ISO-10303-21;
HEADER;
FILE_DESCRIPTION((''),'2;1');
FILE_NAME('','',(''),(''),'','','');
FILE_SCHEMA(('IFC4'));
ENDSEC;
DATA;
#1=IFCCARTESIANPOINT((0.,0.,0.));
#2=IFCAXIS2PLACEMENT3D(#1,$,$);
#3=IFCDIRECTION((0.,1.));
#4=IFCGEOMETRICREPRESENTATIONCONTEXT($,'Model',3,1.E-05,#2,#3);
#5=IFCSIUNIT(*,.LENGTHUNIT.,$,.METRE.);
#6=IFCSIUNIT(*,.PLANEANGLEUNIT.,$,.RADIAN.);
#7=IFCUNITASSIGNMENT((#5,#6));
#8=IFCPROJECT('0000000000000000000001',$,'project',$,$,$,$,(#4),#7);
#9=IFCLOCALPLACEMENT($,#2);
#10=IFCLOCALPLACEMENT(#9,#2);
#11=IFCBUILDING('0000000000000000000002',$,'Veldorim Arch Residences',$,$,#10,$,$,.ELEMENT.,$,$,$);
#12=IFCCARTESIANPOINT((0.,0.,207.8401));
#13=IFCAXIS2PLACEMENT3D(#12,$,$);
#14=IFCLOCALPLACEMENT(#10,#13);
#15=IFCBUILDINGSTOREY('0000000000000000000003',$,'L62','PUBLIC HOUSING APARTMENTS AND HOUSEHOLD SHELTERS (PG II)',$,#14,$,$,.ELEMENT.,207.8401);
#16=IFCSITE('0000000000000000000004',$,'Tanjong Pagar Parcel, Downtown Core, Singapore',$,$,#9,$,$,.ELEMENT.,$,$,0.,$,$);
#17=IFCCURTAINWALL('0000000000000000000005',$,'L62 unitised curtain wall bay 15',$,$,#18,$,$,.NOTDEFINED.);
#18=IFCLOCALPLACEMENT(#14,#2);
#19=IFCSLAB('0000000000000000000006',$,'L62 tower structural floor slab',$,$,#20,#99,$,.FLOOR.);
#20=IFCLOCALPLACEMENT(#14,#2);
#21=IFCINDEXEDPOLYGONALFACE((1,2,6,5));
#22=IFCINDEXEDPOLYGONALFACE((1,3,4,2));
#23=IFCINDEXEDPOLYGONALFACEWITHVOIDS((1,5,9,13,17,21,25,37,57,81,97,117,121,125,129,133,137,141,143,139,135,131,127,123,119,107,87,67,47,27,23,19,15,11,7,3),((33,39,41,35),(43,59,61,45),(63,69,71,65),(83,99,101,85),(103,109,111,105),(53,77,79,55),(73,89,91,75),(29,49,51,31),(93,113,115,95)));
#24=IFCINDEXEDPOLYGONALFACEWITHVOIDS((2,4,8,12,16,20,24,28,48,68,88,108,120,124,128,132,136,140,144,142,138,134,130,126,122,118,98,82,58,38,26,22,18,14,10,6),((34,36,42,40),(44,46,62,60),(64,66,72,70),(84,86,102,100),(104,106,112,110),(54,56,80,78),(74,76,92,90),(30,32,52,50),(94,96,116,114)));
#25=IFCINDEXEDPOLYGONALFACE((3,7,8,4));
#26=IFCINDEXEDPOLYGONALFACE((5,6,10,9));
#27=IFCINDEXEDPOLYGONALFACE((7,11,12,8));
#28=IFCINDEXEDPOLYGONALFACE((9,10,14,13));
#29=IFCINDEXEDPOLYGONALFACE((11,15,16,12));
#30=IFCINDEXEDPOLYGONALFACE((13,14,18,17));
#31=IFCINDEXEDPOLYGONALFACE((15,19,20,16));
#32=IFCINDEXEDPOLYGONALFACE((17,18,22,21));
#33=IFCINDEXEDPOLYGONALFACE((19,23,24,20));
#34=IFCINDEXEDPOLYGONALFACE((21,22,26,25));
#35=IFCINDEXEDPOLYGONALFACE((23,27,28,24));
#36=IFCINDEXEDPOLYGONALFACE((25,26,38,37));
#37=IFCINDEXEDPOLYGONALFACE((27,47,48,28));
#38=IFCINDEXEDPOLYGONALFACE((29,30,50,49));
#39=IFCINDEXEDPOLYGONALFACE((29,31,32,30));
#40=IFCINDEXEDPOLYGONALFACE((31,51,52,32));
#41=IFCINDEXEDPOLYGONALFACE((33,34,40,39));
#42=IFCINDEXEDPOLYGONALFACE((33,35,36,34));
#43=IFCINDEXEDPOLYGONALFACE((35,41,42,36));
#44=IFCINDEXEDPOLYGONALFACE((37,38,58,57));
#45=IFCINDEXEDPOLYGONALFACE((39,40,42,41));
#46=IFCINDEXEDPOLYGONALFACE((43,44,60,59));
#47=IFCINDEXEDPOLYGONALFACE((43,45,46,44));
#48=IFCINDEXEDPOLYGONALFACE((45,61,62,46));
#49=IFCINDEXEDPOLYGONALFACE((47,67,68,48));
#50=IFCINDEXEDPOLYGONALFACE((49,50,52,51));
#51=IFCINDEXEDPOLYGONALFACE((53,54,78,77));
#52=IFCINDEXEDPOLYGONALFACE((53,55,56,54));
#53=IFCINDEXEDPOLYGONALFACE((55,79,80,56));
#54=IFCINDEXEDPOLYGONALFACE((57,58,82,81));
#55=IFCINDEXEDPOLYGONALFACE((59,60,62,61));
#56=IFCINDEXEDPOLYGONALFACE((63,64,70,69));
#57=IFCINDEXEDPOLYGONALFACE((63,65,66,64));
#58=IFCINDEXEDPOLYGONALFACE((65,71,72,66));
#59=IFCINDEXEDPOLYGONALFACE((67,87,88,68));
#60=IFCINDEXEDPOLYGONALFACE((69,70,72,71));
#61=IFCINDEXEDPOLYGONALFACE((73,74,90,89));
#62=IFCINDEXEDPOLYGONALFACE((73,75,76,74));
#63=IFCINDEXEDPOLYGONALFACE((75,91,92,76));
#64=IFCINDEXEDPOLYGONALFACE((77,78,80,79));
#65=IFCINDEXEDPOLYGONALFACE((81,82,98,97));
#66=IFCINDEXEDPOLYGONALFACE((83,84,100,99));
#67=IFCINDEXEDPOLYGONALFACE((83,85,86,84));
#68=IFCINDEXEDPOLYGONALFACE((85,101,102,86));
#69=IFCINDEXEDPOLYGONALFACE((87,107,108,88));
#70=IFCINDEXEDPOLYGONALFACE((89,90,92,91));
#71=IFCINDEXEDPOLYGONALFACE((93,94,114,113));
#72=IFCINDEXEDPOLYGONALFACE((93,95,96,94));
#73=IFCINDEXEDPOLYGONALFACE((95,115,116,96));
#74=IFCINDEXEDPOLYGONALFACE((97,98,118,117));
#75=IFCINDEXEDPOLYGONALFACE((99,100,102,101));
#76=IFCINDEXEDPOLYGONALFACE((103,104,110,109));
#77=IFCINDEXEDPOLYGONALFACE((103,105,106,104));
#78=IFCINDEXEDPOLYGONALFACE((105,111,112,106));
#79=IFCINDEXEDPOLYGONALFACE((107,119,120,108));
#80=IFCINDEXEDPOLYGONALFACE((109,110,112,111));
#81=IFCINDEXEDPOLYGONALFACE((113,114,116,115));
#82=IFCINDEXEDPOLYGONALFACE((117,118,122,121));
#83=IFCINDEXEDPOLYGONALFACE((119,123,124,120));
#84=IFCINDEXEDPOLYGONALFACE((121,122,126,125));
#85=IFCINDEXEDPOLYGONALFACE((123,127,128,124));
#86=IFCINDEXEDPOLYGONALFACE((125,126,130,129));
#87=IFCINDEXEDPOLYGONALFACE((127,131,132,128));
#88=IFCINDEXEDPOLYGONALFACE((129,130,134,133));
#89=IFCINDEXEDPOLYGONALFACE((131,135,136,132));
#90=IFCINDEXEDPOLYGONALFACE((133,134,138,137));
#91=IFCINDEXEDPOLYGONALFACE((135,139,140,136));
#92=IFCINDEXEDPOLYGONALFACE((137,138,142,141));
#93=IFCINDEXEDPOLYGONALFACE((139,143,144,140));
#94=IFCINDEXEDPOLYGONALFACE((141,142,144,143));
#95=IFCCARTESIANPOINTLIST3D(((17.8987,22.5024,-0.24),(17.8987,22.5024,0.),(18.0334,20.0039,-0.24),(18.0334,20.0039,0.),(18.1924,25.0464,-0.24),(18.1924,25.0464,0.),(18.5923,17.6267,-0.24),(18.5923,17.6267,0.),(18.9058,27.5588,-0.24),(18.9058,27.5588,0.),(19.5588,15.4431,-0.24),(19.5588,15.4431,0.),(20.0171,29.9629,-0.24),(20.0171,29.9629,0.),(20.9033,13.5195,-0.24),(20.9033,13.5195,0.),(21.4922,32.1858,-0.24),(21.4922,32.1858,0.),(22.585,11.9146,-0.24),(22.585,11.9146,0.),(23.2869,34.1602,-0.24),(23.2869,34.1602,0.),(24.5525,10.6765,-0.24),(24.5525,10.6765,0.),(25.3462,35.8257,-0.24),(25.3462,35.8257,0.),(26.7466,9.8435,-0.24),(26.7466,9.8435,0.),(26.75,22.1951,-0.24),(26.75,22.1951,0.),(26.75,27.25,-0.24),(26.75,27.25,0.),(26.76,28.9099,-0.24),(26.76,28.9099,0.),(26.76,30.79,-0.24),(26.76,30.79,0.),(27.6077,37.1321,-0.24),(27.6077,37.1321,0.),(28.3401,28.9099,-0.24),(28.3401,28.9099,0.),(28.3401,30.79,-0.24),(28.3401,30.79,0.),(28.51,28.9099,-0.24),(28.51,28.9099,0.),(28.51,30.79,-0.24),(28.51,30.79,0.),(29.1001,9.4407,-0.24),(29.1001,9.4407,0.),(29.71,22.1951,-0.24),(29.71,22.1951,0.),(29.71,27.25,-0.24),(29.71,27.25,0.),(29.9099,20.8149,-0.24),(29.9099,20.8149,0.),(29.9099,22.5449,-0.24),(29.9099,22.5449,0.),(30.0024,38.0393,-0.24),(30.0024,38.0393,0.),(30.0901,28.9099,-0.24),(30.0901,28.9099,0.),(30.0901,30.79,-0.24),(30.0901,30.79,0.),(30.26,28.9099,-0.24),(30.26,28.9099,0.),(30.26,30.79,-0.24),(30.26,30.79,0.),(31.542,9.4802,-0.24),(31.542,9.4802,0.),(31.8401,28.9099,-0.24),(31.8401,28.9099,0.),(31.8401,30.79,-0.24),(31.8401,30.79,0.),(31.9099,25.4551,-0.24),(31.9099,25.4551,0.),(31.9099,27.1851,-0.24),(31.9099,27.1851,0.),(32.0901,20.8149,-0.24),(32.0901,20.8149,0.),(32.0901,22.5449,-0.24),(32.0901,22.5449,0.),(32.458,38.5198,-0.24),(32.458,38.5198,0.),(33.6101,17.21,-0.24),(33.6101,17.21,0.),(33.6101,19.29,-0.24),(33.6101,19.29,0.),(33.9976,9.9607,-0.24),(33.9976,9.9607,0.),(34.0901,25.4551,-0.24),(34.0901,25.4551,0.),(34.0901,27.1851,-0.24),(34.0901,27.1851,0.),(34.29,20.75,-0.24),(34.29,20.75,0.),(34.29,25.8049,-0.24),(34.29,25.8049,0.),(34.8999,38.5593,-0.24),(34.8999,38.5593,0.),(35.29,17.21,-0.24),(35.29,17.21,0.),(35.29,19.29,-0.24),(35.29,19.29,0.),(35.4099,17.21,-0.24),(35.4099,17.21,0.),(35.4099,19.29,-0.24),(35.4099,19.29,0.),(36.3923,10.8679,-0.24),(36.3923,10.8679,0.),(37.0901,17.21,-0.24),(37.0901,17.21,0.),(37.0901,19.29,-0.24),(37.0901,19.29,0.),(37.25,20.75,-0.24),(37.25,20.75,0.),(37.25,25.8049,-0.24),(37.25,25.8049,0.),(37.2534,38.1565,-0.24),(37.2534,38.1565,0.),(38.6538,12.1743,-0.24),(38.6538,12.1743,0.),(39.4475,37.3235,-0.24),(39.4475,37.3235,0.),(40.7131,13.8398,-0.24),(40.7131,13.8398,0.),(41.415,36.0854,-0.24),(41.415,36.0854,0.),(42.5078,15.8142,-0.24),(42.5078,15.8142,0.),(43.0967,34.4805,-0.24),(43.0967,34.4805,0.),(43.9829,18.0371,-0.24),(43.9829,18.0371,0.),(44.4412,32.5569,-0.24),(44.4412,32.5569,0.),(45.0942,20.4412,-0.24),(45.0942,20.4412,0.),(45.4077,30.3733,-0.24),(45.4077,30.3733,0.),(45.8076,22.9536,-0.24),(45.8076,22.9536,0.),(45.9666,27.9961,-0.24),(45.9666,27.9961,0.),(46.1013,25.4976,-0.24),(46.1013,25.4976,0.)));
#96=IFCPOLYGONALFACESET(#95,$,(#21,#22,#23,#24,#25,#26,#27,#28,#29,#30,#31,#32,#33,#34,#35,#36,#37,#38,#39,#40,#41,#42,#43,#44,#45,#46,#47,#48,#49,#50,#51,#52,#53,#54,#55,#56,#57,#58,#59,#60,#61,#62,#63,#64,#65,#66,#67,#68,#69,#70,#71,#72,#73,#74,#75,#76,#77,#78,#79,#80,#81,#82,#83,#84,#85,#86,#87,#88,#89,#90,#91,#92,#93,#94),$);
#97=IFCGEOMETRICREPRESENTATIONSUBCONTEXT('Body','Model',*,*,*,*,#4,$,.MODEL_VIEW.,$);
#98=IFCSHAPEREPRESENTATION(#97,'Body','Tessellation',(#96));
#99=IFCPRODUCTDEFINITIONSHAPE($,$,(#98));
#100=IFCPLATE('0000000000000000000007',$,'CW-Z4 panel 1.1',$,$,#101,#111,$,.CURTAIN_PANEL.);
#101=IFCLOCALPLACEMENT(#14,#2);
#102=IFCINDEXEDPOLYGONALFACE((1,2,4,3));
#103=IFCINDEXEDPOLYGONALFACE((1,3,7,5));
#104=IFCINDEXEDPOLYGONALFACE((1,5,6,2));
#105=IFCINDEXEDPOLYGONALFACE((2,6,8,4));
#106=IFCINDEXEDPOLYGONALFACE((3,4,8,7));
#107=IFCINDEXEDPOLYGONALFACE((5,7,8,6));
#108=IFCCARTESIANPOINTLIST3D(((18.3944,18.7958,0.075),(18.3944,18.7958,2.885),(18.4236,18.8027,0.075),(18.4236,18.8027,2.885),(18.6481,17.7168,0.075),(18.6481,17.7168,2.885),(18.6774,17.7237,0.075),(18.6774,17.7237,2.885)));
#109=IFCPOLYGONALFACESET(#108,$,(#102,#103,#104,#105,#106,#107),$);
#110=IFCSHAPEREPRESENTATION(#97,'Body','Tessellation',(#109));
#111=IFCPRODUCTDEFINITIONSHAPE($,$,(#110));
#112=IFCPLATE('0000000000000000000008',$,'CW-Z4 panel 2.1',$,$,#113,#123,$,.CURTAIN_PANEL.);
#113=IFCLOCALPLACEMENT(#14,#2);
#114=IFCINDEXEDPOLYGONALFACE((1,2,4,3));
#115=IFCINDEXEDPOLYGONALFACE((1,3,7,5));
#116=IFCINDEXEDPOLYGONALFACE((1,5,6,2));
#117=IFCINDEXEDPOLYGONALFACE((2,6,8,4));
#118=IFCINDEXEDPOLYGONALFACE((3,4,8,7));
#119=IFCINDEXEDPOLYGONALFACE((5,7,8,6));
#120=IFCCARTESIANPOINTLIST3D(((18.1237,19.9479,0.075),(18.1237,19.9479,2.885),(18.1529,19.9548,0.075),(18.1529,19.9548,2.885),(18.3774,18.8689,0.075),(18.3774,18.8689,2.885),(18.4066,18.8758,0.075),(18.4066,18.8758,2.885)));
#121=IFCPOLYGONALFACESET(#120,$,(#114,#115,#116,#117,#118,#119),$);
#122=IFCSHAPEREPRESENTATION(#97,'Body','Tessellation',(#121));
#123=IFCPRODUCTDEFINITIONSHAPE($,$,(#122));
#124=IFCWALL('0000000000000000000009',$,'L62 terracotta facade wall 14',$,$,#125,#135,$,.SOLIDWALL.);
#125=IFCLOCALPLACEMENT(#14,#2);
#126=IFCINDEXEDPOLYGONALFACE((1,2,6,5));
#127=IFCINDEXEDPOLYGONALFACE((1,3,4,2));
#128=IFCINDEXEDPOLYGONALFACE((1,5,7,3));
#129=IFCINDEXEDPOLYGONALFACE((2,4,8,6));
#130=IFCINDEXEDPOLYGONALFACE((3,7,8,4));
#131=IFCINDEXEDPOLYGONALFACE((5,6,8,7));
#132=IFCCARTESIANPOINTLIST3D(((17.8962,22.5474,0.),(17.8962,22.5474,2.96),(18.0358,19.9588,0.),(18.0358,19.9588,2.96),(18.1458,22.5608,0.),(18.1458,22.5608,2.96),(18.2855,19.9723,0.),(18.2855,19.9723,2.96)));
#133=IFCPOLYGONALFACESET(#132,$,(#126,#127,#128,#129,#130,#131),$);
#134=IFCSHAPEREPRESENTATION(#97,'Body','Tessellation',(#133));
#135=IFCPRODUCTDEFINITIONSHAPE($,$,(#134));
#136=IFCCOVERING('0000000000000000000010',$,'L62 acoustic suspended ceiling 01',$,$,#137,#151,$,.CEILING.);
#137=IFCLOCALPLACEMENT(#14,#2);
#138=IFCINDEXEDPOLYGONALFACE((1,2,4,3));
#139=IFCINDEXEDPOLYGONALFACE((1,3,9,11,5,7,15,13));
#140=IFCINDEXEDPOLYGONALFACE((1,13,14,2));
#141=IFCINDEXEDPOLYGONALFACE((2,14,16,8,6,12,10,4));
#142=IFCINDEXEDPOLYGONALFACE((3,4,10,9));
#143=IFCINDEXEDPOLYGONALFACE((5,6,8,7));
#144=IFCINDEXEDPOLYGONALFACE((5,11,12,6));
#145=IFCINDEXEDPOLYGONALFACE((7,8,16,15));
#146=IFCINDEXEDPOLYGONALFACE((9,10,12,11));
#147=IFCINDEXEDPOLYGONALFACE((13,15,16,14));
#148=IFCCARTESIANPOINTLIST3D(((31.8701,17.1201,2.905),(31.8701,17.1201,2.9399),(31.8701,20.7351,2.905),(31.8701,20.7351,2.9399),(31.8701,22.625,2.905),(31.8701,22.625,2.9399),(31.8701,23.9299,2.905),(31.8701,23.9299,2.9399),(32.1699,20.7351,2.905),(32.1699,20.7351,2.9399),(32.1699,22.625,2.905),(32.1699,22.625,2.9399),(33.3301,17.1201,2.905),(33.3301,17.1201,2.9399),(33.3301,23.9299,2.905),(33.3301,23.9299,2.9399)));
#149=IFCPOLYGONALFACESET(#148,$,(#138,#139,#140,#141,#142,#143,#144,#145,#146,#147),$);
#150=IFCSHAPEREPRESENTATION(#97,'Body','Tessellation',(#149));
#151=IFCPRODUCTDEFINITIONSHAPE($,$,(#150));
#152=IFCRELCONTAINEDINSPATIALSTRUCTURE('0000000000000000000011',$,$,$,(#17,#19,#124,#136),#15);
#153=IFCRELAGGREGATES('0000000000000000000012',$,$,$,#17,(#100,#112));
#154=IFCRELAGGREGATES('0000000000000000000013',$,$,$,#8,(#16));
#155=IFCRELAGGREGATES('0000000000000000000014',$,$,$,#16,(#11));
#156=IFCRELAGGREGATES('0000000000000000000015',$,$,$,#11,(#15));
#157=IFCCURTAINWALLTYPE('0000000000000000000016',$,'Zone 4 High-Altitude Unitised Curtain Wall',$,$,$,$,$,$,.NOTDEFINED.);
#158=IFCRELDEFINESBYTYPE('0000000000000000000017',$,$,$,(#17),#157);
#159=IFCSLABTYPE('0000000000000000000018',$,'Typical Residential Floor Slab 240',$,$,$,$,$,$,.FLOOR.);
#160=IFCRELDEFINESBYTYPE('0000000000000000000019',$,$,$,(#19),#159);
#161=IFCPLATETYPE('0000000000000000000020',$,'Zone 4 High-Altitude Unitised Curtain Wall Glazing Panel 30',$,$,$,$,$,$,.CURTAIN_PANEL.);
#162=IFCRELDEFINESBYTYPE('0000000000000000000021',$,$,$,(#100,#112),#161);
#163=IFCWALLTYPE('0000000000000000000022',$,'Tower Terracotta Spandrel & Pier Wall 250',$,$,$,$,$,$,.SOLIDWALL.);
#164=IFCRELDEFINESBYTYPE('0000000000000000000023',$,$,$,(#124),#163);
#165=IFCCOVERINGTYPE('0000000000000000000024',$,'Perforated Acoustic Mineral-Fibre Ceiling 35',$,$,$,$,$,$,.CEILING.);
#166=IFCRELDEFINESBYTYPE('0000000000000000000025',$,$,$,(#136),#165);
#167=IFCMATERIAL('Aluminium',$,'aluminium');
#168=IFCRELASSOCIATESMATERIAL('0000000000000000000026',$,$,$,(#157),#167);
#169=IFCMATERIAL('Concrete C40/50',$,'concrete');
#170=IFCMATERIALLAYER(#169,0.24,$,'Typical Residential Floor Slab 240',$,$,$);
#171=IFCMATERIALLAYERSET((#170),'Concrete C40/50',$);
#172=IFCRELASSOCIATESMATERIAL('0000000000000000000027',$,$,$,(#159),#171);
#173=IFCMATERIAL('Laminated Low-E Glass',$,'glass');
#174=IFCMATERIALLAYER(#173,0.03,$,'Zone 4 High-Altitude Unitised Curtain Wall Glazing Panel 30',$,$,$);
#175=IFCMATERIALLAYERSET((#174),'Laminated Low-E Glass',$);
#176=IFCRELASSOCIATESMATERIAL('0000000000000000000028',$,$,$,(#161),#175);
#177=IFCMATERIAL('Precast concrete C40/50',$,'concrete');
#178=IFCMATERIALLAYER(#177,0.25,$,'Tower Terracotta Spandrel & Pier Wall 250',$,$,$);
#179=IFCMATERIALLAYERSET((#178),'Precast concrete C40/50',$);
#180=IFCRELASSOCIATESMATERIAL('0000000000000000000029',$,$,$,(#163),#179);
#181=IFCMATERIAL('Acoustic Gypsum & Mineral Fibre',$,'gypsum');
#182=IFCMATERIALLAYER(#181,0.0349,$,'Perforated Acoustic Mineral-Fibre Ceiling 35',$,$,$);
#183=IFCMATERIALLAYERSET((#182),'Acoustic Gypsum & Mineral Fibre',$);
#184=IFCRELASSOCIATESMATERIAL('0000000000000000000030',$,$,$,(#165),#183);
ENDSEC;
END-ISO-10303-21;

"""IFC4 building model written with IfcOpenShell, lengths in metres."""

from ifc_helpers import new_model, si_unit, direction, frame, frame_2d, origin, origin_2d, place, context, subcontext, project, spatial, polyline, rectangle, outline, extrude, material, layer, layer_set, type_object, element, aggregate, save


model = new_model("IFC4")

# Units and contexts
model_context = context("Model", 3, precision=1e-05, world=origin(), true_north=direction((0.0, 1.0)))
body_context = subcontext(model_context, "Body", "Model", "MODEL_VIEW")
ifc_project = project(units=[si_unit("LENGTHUNIT", "METRE"), si_unit("PLANEANGLEUNIT", "RADIAN")], contexts=[model_context])

# Site, building, storey
site_placement = place(None, origin())
site = spatial("IfcSite", under=ifc_project, at=site_placement, Name="Tanjong Pagar Parcel, Downtown Core, Singapore", CompositionType="ELEMENT", RefElevation=0.0)
building_placement = place(site_placement, origin())
building = spatial("IfcBuilding", under=site, at=building_placement, Name="Veldorim Arch Residences", CompositionType="ELEMENT")
storey_placement = place(building_placement, frame((0.0, 0.0, 207.8401)))
storey = spatial("IfcBuildingStorey", under=building, at=storey_placement, Name="L62", Description="PUBLIC HOUSING APARTMENTS AND HOUSEHOLD SHELTERS (PG II)", CompositionType="ELEMENT", Elevation=207.8401)

# Curtain wall
ifc_material_1 = material(Name="Aluminium", Category="aluminium")
curtain_wall_type = type_object("IfcCurtainWallType", Name="Zone 4 High-Altitude Unitised Curtain Wall", PredefinedType="NOTDEFINED", material=ifc_material_1)
curtain_wall_placement = place(storey_placement, origin())
curtain_wall = element("IfcCurtainWall", 1, at=curtain_wall_placement, inside=storey, type_object=curtain_wall_type, Name="L62 unitised curtain wall bay 15", PredefinedType="NOTDEFINED")

# Slab
ifc_material_2 = material(Name="Concrete C40/50", Category="concrete")
ifc_layer_1 = layer(ifc_material_2, 0.24, Name="Typical Residential Floor Slab 240")
ifc_layer_set_1 = layer_set([ifc_layer_1], Name="Concrete C40/50")
slab_type_1 = type_object("IfcSlabType", Name="Typical Residential Floor Slab 240", PredefinedType="FLOOR", material=ifc_layer_set_1)
slab_1_placement = place(storey_placement, frame((0.0, 0.0, -0.24)))
element("IfcSlab", 2, at=slab_1_placement, inside=storey, type_object=slab_type_1, Name="L62 tower structural floor slab", PredefinedType="FLOOR", context=body_context, shape_type="SweptSolid", body=[
    extrude(outline(polyline([(41.415, 36.0854), (39.4475, 37.3235), (37.2534, 38.1565), (34.8999, 38.5593), (32.458, 38.5198), (30.0024, 38.0393), (27.6077, 37.1321), (25.3462, 35.8257), (23.2869, 34.1602), (21.4922, 32.1858), (20.0171, 29.9629), (18.9058, 27.5588), (18.1924, 25.0464), (17.8987, 22.5024), (18.0334, 20.0039), (18.5923, 17.6267), (19.5588, 15.4431), (20.9033, 13.5195), (22.585, 11.9146), (24.5525, 10.6765), (26.7466, 9.8435), (29.1001, 9.4407), (31.542, 9.4802), (33.9976, 9.9607), (36.3923, 10.8679), (38.6538, 12.1743), (40.7131, 13.8398), (42.5078, 15.8142), (43.9829, 18.0371), (45.0942, 20.4412), (45.8076, 22.9536), (46.1013, 25.4976), (45.9666, 27.9961), (45.4077, 30.3733), (44.4412, 32.5569), (43.0967, 34.4805), (41.415, 36.0854)]), holes=[polyline([(33.6101, 17.21), (33.6101, 19.29), (35.29, 19.29), (35.29, 17.21), (33.6101, 17.21)]), polyline([(35.4099, 17.21), (35.4099, 19.29), (37.0901, 19.29), (37.0901, 17.21), (35.4099, 17.21)]), polyline([(29.9099, 20.8149), (29.9099, 22.5449), (32.0901, 22.5449), (32.0901, 20.8149), (29.9099, 20.8149)]), polyline([(34.29, 20.75), (34.29, 25.8049), (37.25, 25.8049), (37.25, 20.75), (34.29, 20.75)]), polyline([(26.75, 22.1951), (26.75, 27.25), (29.71, 27.25), (29.71, 22.1951), (26.75, 22.1951)]), polyline([(31.9099, 25.4551), (31.9099, 27.1851), (34.0901, 27.1851), (34.0901, 25.4551), (31.9099, 25.4551)]), polyline([(26.76, 28.9099), (26.76, 30.79), (28.3401, 30.79), (28.3401, 28.9099), (26.76, 28.9099)]), polyline([(28.51, 30.79), (30.0901, 30.79), (30.0901, 28.9099), (28.51, 28.9099), (28.51, 30.79)]), polyline([(30.26, 30.79), (31.8401, 30.79), (31.8401, 28.9099), (30.26, 28.9099), (30.26, 30.79)])]), origin(), (0.0, 0.0, 1.0), 0.24),
])

# Plates
ifc_material_3 = material(Name="Laminated Low-E Glass", Category="glass")
ifc_layer_2 = layer(ifc_material_3, 0.03, Name="Zone 4 High-Altitude Unitised Curtain Wall Glazing Panel 30")
ifc_layer_set_2 = layer_set([ifc_layer_2], Name="Laminated Low-E Glass")
plate_type = type_object("IfcPlateType", Name="Zone 4 High-Altitude Unitised Curtain Wall Glazing Panel 30", PredefinedType="CURTAIN_PANEL", material=ifc_layer_set_2)
plate_1_placement = place(storey_placement, frame((18.5359, 18.2598, 0.075), z_axis=(0.0, 0.0, 1.0), x_axis=(-0.228907, 0.973448, 0.0)))
plate_1 = element("IfcPlate", 3, at=plate_1_placement, type_object=plate_type, Name="CW-Z4 panel 1.1", PredefinedType="CURTAIN_PANEL", context=body_context, shape_type="SweptSolid", body=[
    extrude(rectangle(XDim=1.1084, YDim=0.03, at=origin_2d()), origin(), (0.0, 0.0, 1.0), 2.8101),
])
plate_2_placement = place(storey_placement, frame((18.2651, 19.4119, 0.075), z_axis=(0.0, 0.0, 1.0), x_axis=(-0.228907, 0.973448, 0.0)))
plate_2 = element("IfcPlate", 4, at=plate_2_placement, type_object=plate_type, Name="CW-Z4 panel 2.1", PredefinedType="CURTAIN_PANEL", context=body_context, shape_type="SweptSolid", body=[
    extrude(rectangle(XDim=1.1084, YDim=0.03, at=origin_2d()), origin(), (0.0, 0.0, 1.0), 2.8101),
])
aggregate(curtain_wall, [plate_1, plate_2])

# Wall
ifc_material_4 = material(Name="Precast concrete C40/50", Category="concrete")
ifc_layer_3 = layer(ifc_material_4, 0.25, Name="Tower Terracotta Spandrel & Pier Wall 250")
ifc_layer_set_3 = layer_set([ifc_layer_3], Name="Precast concrete C40/50")
wall_type = type_object("IfcWallType", Name="Tower Terracotta Spandrel & Pier Wall 250", PredefinedType="SOLIDWALL", material=ifc_layer_set_3)
wall_placement = place(storey_placement, frame((18.1606, 19.9656, 0.0), z_axis=(0.0, 0.0, 1.0), x_axis=(-0.053869, 0.998548, 0.0)))
element("IfcWall", 5, at=wall_placement, inside=storey, type_object=wall_type, Name="L62 terracotta facade wall 14", PredefinedType="SOLIDWALL", context=body_context, shape_type="SweptSolid", body=[
    extrude(rectangle(XDim=2.5923, YDim=0.25, at=frame_2d((1.2961, 0.0))), origin(), (0.0, 0.0, 1.0), 2.96),
])

# Covering
ifc_material_5 = material(Name="Acoustic Gypsum & Mineral Fibre", Category="gypsum")
ifc_layer_4 = layer(ifc_material_5, 0.0349, Name="Perforated Acoustic Mineral-Fibre Ceiling 35")
ifc_layer_set_4 = layer_set([ifc_layer_4], Name="Acoustic Gypsum & Mineral Fibre")
covering_type_1 = type_object("IfcCoveringType", Name="Perforated Acoustic Mineral-Fibre Ceiling 35", PredefinedType="CEILING", material=ifc_layer_set_4)
covering_1_placement = place(storey_placement, frame((0.0, 0.0, 2.905)))
element("IfcCovering", 6, at=covering_1_placement, inside=storey, type_object=covering_type_1, Name="L62 acoustic suspended ceiling 01", PredefinedType="CEILING", context=body_context, shape_type="SweptSolid", body=[
    extrude(outline(polyline([(33.3301, 23.9299), (33.3301, 17.1201), (31.8701, 17.1201), (31.8701, 20.7351), (32.1699, 20.7351), (32.1699, 22.625), (31.8701, 22.625), (31.8701, 23.9299), (33.3301, 23.9299)])), origin(), (0.0, 0.0, 1.0), 0.0349),
])

save(model, "model.ifc")
